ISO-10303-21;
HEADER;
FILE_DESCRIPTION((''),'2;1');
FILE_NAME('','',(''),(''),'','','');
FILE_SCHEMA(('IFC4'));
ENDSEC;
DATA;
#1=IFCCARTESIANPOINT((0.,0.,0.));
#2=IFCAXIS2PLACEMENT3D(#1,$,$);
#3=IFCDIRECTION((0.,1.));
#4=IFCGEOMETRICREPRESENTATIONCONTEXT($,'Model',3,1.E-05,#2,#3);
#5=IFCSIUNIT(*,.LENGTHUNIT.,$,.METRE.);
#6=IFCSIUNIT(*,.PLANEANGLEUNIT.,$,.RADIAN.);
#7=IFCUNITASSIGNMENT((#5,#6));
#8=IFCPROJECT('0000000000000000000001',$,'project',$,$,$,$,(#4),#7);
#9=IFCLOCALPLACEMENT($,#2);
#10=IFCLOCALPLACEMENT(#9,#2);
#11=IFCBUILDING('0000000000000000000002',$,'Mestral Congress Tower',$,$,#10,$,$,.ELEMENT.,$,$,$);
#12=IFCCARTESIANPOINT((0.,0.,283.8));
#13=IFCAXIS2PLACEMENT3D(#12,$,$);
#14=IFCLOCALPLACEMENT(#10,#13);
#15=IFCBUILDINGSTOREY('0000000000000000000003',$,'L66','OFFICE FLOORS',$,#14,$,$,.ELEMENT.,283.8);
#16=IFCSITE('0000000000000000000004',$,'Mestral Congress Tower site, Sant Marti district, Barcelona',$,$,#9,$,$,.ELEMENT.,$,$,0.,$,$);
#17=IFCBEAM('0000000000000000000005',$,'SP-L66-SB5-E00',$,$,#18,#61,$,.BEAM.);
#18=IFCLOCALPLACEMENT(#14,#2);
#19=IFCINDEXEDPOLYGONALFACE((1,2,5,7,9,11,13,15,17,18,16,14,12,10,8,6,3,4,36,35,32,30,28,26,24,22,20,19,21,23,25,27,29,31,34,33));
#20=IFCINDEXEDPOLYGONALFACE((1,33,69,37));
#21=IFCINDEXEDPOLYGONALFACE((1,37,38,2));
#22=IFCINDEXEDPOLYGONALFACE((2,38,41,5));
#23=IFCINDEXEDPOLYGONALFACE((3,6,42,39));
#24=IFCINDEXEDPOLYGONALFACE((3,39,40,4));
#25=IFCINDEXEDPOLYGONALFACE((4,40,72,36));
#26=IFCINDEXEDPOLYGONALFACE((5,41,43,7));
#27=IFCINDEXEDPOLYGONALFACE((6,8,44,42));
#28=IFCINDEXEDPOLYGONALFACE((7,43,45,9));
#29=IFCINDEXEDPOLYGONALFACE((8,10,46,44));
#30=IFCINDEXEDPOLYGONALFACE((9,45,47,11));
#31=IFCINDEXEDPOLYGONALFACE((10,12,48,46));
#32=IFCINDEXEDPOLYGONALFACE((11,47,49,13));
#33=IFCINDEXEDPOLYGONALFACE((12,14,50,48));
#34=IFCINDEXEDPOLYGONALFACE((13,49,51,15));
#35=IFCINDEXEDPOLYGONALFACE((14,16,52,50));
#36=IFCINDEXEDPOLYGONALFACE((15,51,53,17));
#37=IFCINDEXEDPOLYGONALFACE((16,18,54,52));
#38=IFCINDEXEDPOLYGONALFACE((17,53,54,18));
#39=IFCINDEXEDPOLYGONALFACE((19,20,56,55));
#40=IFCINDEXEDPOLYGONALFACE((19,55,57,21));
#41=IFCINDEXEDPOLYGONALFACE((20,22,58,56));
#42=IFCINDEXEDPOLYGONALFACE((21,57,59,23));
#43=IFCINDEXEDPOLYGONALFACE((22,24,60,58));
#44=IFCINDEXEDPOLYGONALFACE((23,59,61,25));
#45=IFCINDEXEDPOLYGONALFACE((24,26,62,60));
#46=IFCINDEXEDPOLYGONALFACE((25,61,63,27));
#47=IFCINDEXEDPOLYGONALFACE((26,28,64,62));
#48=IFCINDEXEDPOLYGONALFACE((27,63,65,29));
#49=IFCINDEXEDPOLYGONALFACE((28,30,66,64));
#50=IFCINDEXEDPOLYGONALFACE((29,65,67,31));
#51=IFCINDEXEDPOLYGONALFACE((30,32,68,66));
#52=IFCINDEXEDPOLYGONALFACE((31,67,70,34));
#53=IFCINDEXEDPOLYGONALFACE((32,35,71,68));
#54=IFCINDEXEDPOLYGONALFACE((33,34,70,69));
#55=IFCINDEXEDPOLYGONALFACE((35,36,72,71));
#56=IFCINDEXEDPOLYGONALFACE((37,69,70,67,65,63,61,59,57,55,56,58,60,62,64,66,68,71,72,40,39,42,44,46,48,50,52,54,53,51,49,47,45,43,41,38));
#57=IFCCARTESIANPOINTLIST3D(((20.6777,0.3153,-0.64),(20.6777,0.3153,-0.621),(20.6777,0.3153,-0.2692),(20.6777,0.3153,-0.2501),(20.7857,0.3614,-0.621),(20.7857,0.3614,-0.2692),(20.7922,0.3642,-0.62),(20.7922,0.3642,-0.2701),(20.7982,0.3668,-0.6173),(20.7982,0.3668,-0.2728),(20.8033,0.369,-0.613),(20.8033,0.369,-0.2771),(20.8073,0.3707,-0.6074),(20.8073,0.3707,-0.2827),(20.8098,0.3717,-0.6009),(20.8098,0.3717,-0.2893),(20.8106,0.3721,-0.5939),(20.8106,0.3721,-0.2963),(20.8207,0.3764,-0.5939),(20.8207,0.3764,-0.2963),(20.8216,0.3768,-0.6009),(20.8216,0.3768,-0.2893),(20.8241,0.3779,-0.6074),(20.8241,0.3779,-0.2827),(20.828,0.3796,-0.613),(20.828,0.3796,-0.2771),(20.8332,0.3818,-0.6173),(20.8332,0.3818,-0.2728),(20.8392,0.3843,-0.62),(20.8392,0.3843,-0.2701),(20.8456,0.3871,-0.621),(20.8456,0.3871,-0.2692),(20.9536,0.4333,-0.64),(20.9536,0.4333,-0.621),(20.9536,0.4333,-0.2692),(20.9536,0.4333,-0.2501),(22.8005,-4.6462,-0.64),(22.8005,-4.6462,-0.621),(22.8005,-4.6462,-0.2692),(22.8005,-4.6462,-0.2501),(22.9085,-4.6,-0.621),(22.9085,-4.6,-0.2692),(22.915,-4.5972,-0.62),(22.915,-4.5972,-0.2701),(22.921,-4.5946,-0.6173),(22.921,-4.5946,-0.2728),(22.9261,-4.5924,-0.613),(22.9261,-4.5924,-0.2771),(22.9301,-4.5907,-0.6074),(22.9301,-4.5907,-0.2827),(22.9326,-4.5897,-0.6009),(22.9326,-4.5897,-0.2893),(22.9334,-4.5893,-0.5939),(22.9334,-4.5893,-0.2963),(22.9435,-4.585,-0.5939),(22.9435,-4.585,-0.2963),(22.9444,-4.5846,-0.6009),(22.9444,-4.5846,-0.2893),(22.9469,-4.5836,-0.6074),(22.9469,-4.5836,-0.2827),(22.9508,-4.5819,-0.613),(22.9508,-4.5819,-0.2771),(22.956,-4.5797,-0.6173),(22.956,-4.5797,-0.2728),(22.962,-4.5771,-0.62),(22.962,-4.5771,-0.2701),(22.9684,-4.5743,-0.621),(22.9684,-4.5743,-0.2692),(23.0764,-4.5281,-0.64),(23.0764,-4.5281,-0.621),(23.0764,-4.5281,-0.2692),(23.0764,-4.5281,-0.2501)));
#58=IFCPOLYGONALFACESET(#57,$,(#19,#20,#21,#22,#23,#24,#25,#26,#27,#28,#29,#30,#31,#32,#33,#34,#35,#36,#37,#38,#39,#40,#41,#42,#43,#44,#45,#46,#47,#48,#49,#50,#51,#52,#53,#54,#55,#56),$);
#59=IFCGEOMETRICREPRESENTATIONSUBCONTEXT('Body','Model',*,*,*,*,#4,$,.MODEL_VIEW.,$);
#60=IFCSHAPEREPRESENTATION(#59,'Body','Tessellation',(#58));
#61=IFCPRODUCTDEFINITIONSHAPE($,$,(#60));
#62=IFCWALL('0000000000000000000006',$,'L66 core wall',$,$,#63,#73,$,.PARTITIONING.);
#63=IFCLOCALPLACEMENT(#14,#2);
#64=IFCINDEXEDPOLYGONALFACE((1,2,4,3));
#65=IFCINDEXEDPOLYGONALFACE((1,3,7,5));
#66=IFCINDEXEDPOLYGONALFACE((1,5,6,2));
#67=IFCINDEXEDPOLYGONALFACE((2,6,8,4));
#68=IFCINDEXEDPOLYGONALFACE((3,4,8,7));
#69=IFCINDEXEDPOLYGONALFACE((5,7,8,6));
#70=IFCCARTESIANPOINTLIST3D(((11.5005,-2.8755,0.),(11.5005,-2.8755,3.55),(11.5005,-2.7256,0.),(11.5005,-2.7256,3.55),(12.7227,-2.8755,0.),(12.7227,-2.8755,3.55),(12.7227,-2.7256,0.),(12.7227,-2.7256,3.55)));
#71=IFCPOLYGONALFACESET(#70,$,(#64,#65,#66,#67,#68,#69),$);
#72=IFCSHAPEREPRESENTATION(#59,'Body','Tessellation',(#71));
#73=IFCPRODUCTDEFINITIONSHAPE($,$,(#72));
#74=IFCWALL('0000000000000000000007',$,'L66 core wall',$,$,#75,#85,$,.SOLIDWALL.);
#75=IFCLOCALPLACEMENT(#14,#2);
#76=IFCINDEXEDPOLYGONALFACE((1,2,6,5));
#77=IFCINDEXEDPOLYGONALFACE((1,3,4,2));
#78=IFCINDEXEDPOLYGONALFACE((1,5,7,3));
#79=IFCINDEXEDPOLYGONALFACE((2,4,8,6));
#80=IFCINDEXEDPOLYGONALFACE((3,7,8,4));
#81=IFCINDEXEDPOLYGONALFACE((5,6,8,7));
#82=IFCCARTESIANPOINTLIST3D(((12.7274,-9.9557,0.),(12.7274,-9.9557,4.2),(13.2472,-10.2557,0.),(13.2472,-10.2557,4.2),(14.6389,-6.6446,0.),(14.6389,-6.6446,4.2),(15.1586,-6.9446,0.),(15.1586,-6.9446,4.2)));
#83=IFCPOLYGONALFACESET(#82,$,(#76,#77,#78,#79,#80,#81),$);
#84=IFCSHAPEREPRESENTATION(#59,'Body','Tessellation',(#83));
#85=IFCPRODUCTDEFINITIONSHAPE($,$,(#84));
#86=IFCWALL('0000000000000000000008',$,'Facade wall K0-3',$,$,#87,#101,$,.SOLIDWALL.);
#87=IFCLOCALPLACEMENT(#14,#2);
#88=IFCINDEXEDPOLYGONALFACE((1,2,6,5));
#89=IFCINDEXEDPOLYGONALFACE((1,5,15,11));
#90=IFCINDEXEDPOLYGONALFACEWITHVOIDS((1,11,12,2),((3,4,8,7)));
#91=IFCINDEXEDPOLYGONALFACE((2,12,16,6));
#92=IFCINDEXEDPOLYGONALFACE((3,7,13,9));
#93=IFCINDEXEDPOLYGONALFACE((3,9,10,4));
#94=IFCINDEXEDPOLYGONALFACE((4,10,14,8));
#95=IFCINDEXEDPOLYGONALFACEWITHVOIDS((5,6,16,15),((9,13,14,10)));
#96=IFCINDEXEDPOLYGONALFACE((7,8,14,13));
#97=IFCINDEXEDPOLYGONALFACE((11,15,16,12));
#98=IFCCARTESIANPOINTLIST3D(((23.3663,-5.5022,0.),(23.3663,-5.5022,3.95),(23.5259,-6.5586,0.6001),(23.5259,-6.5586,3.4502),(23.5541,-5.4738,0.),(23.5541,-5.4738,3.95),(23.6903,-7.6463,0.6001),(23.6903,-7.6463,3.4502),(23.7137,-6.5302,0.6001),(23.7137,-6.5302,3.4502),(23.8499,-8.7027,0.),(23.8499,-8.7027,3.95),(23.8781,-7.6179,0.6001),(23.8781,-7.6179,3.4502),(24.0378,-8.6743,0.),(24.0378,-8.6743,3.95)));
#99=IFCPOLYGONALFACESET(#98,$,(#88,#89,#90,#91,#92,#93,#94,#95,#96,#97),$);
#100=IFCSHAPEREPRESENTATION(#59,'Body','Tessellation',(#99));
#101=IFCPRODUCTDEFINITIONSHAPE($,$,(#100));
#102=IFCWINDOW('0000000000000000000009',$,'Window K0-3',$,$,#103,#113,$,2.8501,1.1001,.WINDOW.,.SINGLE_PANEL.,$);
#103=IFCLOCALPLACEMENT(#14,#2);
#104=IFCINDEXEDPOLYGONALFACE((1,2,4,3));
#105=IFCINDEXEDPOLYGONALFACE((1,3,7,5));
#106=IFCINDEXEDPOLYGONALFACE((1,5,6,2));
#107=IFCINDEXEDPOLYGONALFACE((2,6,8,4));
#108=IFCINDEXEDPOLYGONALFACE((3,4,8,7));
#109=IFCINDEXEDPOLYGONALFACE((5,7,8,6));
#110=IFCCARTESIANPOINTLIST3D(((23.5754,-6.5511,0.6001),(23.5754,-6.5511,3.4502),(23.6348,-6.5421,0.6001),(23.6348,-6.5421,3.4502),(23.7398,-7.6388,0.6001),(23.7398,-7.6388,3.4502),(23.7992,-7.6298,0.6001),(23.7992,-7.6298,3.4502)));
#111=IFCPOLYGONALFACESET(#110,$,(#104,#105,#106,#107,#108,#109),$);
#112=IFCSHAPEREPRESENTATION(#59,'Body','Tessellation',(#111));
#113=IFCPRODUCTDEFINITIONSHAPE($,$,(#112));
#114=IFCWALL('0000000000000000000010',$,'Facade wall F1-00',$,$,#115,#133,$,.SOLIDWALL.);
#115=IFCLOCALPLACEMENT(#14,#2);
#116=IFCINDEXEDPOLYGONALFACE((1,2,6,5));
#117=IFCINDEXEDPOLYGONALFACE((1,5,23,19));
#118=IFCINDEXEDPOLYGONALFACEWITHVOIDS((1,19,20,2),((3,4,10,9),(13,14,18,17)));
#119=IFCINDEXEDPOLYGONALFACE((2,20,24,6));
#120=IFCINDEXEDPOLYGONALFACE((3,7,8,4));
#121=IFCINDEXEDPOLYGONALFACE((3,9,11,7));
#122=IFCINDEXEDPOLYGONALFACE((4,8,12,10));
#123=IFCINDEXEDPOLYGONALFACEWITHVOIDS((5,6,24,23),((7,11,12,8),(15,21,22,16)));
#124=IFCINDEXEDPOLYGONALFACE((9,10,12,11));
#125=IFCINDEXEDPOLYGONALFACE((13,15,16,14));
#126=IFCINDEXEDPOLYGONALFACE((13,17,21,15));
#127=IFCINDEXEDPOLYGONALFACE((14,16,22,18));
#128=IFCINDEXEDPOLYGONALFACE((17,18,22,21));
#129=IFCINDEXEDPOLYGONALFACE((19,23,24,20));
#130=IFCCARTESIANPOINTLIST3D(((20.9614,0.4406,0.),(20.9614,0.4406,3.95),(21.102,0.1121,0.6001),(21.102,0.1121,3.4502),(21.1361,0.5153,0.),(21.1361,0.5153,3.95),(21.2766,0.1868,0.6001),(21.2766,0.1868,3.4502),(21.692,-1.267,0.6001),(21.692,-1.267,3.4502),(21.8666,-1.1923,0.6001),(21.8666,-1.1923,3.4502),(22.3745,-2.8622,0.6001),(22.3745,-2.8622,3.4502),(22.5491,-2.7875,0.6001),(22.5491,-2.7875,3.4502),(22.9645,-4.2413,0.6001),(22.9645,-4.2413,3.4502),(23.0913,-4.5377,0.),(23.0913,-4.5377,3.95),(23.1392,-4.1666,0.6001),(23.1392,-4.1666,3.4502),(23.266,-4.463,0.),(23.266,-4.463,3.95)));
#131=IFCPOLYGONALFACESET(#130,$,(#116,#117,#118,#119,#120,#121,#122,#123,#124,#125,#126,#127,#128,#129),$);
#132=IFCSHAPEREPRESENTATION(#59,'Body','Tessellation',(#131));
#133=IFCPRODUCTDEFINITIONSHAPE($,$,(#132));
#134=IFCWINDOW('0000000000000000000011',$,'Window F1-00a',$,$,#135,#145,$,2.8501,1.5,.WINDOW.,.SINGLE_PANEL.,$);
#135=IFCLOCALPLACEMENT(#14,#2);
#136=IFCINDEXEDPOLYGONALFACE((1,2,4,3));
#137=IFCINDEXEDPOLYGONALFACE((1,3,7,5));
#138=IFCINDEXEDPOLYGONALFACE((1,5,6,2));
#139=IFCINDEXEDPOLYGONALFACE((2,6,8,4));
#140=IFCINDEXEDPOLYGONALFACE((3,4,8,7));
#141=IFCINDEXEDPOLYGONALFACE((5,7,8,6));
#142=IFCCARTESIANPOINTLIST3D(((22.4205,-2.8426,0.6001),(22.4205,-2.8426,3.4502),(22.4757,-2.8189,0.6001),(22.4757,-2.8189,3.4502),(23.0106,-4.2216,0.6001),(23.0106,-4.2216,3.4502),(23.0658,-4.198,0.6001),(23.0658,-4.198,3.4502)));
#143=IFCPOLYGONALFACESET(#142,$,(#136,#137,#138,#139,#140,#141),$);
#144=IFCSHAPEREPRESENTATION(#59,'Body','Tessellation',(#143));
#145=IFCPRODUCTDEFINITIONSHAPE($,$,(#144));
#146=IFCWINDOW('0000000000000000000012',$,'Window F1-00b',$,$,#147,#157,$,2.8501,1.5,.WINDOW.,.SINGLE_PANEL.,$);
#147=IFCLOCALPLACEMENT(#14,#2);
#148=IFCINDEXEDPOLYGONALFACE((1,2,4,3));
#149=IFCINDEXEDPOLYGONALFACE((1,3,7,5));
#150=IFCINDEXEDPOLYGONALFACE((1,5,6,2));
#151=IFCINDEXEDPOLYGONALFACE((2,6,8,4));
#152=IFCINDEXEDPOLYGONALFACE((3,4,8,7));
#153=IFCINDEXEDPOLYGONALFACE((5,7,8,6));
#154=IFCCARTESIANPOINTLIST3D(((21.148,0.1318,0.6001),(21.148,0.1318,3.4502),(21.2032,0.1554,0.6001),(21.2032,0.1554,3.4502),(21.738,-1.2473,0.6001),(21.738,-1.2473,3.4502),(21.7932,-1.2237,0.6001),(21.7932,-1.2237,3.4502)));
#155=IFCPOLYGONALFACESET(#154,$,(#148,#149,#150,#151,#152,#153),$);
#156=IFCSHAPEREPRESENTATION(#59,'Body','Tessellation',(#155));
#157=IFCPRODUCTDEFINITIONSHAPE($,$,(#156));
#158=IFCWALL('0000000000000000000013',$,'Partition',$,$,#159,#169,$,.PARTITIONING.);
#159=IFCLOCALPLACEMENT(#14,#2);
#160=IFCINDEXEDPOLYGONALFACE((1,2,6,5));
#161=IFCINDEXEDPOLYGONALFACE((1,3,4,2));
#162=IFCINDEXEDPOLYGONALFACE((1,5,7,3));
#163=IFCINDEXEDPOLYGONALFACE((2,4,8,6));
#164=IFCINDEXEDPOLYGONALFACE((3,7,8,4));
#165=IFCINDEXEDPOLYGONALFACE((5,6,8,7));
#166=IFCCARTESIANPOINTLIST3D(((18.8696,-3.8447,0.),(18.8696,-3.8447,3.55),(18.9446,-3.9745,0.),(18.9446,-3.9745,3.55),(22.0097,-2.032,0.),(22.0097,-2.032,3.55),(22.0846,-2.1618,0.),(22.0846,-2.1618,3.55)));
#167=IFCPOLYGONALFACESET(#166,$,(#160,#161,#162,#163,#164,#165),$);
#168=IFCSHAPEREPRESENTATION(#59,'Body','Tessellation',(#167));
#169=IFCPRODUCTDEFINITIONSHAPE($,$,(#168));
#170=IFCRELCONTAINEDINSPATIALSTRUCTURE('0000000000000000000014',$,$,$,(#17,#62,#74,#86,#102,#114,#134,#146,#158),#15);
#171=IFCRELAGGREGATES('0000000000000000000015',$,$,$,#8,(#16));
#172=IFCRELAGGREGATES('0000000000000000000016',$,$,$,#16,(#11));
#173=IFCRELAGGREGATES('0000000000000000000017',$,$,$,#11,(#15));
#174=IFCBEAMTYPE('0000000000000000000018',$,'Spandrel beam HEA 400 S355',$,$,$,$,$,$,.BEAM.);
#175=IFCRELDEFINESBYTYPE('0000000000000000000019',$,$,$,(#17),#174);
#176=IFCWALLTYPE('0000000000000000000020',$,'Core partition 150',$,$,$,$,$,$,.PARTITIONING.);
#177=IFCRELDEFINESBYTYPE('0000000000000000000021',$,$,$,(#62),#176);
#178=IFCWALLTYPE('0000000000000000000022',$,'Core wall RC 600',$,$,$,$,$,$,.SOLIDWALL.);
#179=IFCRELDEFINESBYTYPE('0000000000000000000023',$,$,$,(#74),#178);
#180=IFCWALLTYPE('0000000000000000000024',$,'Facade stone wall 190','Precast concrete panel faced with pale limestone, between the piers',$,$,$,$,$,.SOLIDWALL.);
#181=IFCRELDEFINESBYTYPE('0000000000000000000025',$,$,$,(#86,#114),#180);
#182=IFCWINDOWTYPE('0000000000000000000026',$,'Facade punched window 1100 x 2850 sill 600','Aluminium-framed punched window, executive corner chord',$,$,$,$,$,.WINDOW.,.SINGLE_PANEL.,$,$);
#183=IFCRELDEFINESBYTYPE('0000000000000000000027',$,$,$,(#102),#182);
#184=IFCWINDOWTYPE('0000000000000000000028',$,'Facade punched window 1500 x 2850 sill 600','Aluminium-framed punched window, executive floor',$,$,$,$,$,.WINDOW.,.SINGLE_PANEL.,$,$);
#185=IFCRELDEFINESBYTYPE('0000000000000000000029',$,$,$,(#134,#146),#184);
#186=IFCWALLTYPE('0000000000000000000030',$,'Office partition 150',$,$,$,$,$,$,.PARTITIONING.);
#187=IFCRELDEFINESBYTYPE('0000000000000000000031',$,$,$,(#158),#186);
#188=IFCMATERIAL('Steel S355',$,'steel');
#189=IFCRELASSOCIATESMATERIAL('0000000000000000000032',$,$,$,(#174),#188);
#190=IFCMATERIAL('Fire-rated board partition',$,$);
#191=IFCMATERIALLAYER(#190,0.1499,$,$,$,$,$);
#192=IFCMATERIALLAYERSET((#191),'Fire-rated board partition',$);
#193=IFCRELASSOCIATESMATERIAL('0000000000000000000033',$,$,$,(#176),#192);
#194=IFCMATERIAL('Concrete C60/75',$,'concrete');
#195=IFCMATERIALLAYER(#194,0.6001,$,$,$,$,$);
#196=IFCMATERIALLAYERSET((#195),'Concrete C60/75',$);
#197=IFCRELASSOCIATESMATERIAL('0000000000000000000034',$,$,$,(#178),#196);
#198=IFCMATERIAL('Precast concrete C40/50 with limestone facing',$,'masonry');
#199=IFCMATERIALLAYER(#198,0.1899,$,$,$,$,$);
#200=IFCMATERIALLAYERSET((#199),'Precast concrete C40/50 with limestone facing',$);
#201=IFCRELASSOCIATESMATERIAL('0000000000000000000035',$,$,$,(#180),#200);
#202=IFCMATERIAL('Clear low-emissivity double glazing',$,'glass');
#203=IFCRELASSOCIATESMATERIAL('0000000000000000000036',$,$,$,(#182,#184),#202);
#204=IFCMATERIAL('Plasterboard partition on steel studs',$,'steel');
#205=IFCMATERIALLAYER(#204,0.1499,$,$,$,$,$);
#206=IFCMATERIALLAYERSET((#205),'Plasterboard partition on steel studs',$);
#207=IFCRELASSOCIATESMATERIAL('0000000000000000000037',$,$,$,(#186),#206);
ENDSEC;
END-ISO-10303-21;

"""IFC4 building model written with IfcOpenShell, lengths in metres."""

from ifc_helpers import new_model, si_unit, direction, frame, frame_2d, origin, origin_2d, place, context, subcontext, project, spatial, rectangle, i_section, extrude, material, layer, layer_set, material_profile, profile_set, type_object, element, fill, save


model = new_model("IFC4")

# Units and contexts
model_context = context("Model", 3, precision=1e-05, world=origin(), true_north=direction((0.0, 1.0)))
body_context = subcontext(model_context, "Body", "Model", "MODEL_VIEW")
ifc_project = project(units=[si_unit("LENGTHUNIT", "METRE"), si_unit("PLANEANGLEUNIT", "RADIAN")], contexts=[model_context])

# Site, building, storey
site_placement = place(None, origin())
site = spatial("IfcSite", under=ifc_project, at=site_placement, Name="Mestral Congress Tower site, Sant Marti district, Barcelona", CompositionType="ELEMENT", RefElevation=0.0)
building_placement = place(site_placement, origin())
building = spatial("IfcBuilding", under=site, at=building_placement, Name="Mestral Congress Tower", CompositionType="ELEMENT")
storey_placement = place(building_placement, frame((0.0, 0.0, 283.8)))
storey = spatial("IfcBuildingStorey", under=building, at=storey_placement, Name="L66", Description="OFFICE FLOORS", CompositionType="ELEMENT", Elevation=283.8)

# Shared definitions
ifc_material_1 = material(Name="Concrete C60/75", Category="concrete")

# Beam
ifc_material_2 = material(Name="Steel S355", Category="steel")
ifc_material_profile_1 = material_profile(ifc_material_2, i_section(OverallWidth=0.3, OverallDepth=0.3899, WebThickness=0.011, FlangeThickness=0.019, FilletRadius=0.0271, at=origin_2d()), Name="HEA 400")
ifc_profile_set_1 = profile_set([ifc_material_profile_1], Name="Steel S355")
beam_type_1 = type_object("IfcBeamType", Name="Spandrel beam HEA 400 S355", PredefinedType="BEAM", material=ifc_profile_set_1)
beam_1_placement = place(storey_placement, frame((22.9385, -4.5872, -0.4451), z_axis=(-0.393368, 0.919381, 0.0), x_axis=(-0.919381, -0.393368, 0.0)))
element("IfcBeam", 1, at=beam_1_placement, inside=storey, type_object=beam_type_1, Name="SP-L66-SB5-E00", PredefinedType="BEAM", context=body_context, shape_type="SweptSolid", body=[
    extrude(i_section(OverallWidth=0.3, OverallDepth=0.3899, WebThickness=0.011, FlangeThickness=0.019, FilletRadius=0.0271, at=origin_2d()), origin(), (0.0, 0.0, 1.0), 5.3965),
])

# Walls
ifc_material_3 = material(Name="Fire-rated board partition")
ifc_layer_1 = layer(ifc_material_3, 0.1499)
ifc_layer_set_1 = layer_set([ifc_layer_1], Name="Fire-rated board partition")
wall_type_1 = type_object("IfcWallType", Name="Core partition 150", PredefinedType="PARTITIONING", material=ifc_layer_set_1)
wall_1_placement = place(storey_placement, frame((11.5005, -2.8005, 0.0), z_axis=(0.0, 0.0, 1.0), x_axis=(1.0, 0.0, 0.0)))
element("IfcWall", 2, at=wall_1_placement, inside=storey, type_object=wall_type_1, Name="L66 core wall", PredefinedType="PARTITIONING", context=body_context, shape_type="SweptSolid", body=[
    extrude(rectangle(XDim=1.2222, YDim=0.1499, at=frame_2d((0.6111, 0.0))), origin(), (0.0, 0.0, 1.0), 3.55),
])
ifc_layer_2 = layer(ifc_material_1, 0.6001)
ifc_layer_set_2 = layer_set([ifc_layer_2], Name="Concrete C60/75")
wall_type_2 = type_object("IfcWallType", Name="Core wall RC 600", PredefinedType="SOLIDWALL", material=ifc_layer_set_2)
wall_2_placement = place(storey_placement, frame((12.9873, -10.1057, 0.0), z_axis=(0.0, 0.0, 1.0), x_axis=(0.499951, 0.866054, 0.0)))
element("IfcWall", 3, at=wall_2_placement, inside=storey, type_object=wall_type_2, Name="L66 core wall", PredefinedType="SOLIDWALL", context=body_context, shape_type="SweptSolid", body=[
    extrude(rectangle(XDim=3.8232, YDim=0.6001, at=frame_2d((1.9116, 0.0))), origin(), (0.0, 0.0, 1.0), 4.2),
])

# Wall, opening, window
ifc_material_4 = material(Name="Precast concrete C40/50 with limestone facing", Category="masonry")
ifc_layer_3 = layer(ifc_material_4, 0.1899)
ifc_layer_set_3 = layer_set([ifc_layer_3], Name="Precast concrete C40/50 with limestone facing")
wall_type_3 = type_object("IfcWallType", Name="Facade stone wall 190", Description="Precast concrete panel faced with pale limestone, between the piers", PredefinedType="SOLIDWALL", material=ifc_layer_set_3)
wall_3_placement = place(storey_placement, frame((23.9438, -8.6885, 0.0), z_axis=(0.0, 0.0, 1.0), x_axis=(-0.149421, 0.988774, 0.0)))
wall_3 = element("IfcWall", 4, at=wall_3_placement, inside=storey, type_object=wall_type_3, Name="Facade wall K0-3", PredefinedType="SOLIDWALL", context=body_context, shape_type="SweptSolid", body=[
    extrude(rectangle(XDim=3.2368, YDim=0.1899, at=frame_2d((1.6184, 0.0))), origin(), (0.0, 0.0, 1.0), 3.95),
])
opening_1_placement = place(wall_3_placement, frame((1.0684, 0.0, 0.6001)))
opening_1 = element("IfcOpeningElement", 5, at=opening_1_placement, cuts=wall_3, PredefinedType="OPENING", context=body_context, shape_type="SweptSolid", body=[
    extrude(rectangle(XDim=1.1001, YDim=2.8501, at=frame_2d((0.55, 1.425))), frame((0.0, 0.105, 0.0), z_axis=(0.0, -1.0, 0.0), x_axis=(1.0, 0.0, 0.0)), (0.0, 0.0, 1.0), 0.21),
])
ifc_material_5 = material(Name="Clear low-emissivity double glazing", Category="glass")
window_type_1 = type_object("IfcWindowType", Name="Facade punched window 1100 x 2850 sill 600", Description="Aluminium-framed punched window, executive corner chord", PartitioningType="SINGLE_PANEL", PredefinedType="WINDOW", material=ifc_material_5)
window_1_placement = place(opening_1_placement, origin())
window_1 = element("IfcWindow", 6, at=window_1_placement, inside=storey, type_object=window_type_1, Name="Window K0-3", OverallHeight=2.8501, OverallWidth=1.1001, PartitioningType="SINGLE_PANEL", PredefinedType="WINDOW", context=body_context, shape_type="SweptSolid", body=[
    extrude(rectangle(XDim=1.1001, YDim=2.8501, at=frame_2d((0.55, 1.425))), frame((0.0, 0.0449, 0.0), z_axis=(0.0, -1.0, 0.0), x_axis=(1.0, 0.0, 0.0)), (0.0, 0.0, 1.0), 0.0601),
])
fill(opening_1, window_1)

# Wall, openings, windows
wall_4_placement = place(storey_placement, frame((23.1787, -4.5005, 0.0), z_axis=(0.0, 0.0, 1.0), x_axis=(-0.393348, 0.91939, 0.0)))
wall_4 = element("IfcWall", 7, at=wall_4_placement, inside=storey, type_object=wall_type_3, Name="Facade wall F1-00", PredefinedType="SOLIDWALL", context=body_context, shape_type="SweptSolid", body=[
    extrude(rectangle(XDim=5.4148, YDim=0.1899, at=frame_2d((2.7075, 0.0))), origin(), (0.0, 0.0, 1.0), 3.95),
])
opening_2_placement = place(wall_4_placement, frame((0.3225, 0.0, 0.6001)))
opening_2 = element("IfcOpeningElement", 8, at=opening_2_placement, cuts=wall_4, PredefinedType="OPENING", context=body_context, shape_type="SweptSolid", body=[
    extrude(rectangle(XDim=1.5, YDim=2.8501, at=frame_2d((0.75, 1.425))), frame((0.0, 0.105, 0.0), z_axis=(0.0, -1.0, 0.0), x_axis=(1.0, 0.0, 0.0)), (0.0, 0.0, 1.0), 0.21),
])
opening_3_placement = place(wall_4_placement, frame((3.5576, 0.0, 0.6001)))
opening_3 = element("IfcOpeningElement", 9, at=opening_3_placement, cuts=wall_4, PredefinedType="OPENING", context=body_context, shape_type="SweptSolid", body=[
    extrude(rectangle(XDim=1.5, YDim=2.8501, at=frame_2d((0.75, 1.425))), frame((0.0, 0.105, 0.0), z_axis=(0.0, -1.0, 0.0), x_axis=(1.0, 0.0, 0.0)), (0.0, 0.0, 1.0), 0.21),
])
window_type_2 = type_object("IfcWindowType", Name="Facade punched window 1500 x 2850 sill 600", Description="Aluminium-framed punched window, executive floor", PartitioningType="SINGLE_PANEL", PredefinedType="WINDOW", material=ifc_material_5)
window_2_placement = place(opening_2_placement, origin())
window_2 = element("IfcWindow", 10, at=window_2_placement, inside=storey, type_object=window_type_2, Name="Window F1-00a", OverallHeight=2.8501, OverallWidth=1.5, PartitioningType="SINGLE_PANEL", PredefinedType="WINDOW", context=body_context, shape_type="SweptSolid", body=[
    extrude(rectangle(XDim=1.5, YDim=2.8501, at=frame_2d((0.75, 1.425))), frame((0.0, 0.0449, 0.0), z_axis=(0.0, -1.0, 0.0), x_axis=(1.0, 0.0, 0.0)), (0.0, 0.0, 1.0), 0.0601),
])
fill(opening_2, window_2)
window_3_placement = place(opening_3_placement, origin())
window_3 = element("IfcWindow", 11, at=window_3_placement, inside=storey, type_object=window_type_2, Name="Window F1-00b", OverallHeight=2.8501, OverallWidth=1.5, PartitioningType="SINGLE_PANEL", PredefinedType="WINDOW", context=body_context, shape_type="SweptSolid", body=[
    extrude(rectangle(XDim=1.5, YDim=2.8501, at=frame_2d((0.75, 1.425))), frame((0.0, 0.0449, 0.0), z_axis=(0.0, -1.0, 0.0), x_axis=(1.0, 0.0, 0.0)), (0.0, 0.0, 1.0), 0.0601),
])
fill(opening_3, window_3)

# Wall
ifc_material_6 = material(Name="Plasterboard partition on steel studs", Category="steel")
ifc_layer_4 = layer(ifc_material_6, 0.1499)
ifc_layer_set_4 = layer_set([ifc_layer_4], Name="Plasterboard partition on steel studs")
wall_type_4 = type_object("IfcWallType", Name="Office partition 150", PredefinedType="PARTITIONING", material=ifc_layer_set_4)
wall_5_placement = place(storey_placement, frame((18.907, -3.9097, 0.0), z_axis=(0.0, 0.0, 1.0), x_axis=(0.866051, 0.499956, 0.0)))
element("IfcWall", 12, at=wall_5_placement, inside=storey, type_object=wall_type_4, Name="Partition", PredefinedType="PARTITIONING", context=body_context, shape_type="SweptSolid", body=[
    extrude(rectangle(XDim=3.6257, YDim=0.1499, at=frame_2d((1.813, 0.0))), origin(), (0.0, 0.0, 1.0), 3.55),
])

save(model, "model.ifc")
